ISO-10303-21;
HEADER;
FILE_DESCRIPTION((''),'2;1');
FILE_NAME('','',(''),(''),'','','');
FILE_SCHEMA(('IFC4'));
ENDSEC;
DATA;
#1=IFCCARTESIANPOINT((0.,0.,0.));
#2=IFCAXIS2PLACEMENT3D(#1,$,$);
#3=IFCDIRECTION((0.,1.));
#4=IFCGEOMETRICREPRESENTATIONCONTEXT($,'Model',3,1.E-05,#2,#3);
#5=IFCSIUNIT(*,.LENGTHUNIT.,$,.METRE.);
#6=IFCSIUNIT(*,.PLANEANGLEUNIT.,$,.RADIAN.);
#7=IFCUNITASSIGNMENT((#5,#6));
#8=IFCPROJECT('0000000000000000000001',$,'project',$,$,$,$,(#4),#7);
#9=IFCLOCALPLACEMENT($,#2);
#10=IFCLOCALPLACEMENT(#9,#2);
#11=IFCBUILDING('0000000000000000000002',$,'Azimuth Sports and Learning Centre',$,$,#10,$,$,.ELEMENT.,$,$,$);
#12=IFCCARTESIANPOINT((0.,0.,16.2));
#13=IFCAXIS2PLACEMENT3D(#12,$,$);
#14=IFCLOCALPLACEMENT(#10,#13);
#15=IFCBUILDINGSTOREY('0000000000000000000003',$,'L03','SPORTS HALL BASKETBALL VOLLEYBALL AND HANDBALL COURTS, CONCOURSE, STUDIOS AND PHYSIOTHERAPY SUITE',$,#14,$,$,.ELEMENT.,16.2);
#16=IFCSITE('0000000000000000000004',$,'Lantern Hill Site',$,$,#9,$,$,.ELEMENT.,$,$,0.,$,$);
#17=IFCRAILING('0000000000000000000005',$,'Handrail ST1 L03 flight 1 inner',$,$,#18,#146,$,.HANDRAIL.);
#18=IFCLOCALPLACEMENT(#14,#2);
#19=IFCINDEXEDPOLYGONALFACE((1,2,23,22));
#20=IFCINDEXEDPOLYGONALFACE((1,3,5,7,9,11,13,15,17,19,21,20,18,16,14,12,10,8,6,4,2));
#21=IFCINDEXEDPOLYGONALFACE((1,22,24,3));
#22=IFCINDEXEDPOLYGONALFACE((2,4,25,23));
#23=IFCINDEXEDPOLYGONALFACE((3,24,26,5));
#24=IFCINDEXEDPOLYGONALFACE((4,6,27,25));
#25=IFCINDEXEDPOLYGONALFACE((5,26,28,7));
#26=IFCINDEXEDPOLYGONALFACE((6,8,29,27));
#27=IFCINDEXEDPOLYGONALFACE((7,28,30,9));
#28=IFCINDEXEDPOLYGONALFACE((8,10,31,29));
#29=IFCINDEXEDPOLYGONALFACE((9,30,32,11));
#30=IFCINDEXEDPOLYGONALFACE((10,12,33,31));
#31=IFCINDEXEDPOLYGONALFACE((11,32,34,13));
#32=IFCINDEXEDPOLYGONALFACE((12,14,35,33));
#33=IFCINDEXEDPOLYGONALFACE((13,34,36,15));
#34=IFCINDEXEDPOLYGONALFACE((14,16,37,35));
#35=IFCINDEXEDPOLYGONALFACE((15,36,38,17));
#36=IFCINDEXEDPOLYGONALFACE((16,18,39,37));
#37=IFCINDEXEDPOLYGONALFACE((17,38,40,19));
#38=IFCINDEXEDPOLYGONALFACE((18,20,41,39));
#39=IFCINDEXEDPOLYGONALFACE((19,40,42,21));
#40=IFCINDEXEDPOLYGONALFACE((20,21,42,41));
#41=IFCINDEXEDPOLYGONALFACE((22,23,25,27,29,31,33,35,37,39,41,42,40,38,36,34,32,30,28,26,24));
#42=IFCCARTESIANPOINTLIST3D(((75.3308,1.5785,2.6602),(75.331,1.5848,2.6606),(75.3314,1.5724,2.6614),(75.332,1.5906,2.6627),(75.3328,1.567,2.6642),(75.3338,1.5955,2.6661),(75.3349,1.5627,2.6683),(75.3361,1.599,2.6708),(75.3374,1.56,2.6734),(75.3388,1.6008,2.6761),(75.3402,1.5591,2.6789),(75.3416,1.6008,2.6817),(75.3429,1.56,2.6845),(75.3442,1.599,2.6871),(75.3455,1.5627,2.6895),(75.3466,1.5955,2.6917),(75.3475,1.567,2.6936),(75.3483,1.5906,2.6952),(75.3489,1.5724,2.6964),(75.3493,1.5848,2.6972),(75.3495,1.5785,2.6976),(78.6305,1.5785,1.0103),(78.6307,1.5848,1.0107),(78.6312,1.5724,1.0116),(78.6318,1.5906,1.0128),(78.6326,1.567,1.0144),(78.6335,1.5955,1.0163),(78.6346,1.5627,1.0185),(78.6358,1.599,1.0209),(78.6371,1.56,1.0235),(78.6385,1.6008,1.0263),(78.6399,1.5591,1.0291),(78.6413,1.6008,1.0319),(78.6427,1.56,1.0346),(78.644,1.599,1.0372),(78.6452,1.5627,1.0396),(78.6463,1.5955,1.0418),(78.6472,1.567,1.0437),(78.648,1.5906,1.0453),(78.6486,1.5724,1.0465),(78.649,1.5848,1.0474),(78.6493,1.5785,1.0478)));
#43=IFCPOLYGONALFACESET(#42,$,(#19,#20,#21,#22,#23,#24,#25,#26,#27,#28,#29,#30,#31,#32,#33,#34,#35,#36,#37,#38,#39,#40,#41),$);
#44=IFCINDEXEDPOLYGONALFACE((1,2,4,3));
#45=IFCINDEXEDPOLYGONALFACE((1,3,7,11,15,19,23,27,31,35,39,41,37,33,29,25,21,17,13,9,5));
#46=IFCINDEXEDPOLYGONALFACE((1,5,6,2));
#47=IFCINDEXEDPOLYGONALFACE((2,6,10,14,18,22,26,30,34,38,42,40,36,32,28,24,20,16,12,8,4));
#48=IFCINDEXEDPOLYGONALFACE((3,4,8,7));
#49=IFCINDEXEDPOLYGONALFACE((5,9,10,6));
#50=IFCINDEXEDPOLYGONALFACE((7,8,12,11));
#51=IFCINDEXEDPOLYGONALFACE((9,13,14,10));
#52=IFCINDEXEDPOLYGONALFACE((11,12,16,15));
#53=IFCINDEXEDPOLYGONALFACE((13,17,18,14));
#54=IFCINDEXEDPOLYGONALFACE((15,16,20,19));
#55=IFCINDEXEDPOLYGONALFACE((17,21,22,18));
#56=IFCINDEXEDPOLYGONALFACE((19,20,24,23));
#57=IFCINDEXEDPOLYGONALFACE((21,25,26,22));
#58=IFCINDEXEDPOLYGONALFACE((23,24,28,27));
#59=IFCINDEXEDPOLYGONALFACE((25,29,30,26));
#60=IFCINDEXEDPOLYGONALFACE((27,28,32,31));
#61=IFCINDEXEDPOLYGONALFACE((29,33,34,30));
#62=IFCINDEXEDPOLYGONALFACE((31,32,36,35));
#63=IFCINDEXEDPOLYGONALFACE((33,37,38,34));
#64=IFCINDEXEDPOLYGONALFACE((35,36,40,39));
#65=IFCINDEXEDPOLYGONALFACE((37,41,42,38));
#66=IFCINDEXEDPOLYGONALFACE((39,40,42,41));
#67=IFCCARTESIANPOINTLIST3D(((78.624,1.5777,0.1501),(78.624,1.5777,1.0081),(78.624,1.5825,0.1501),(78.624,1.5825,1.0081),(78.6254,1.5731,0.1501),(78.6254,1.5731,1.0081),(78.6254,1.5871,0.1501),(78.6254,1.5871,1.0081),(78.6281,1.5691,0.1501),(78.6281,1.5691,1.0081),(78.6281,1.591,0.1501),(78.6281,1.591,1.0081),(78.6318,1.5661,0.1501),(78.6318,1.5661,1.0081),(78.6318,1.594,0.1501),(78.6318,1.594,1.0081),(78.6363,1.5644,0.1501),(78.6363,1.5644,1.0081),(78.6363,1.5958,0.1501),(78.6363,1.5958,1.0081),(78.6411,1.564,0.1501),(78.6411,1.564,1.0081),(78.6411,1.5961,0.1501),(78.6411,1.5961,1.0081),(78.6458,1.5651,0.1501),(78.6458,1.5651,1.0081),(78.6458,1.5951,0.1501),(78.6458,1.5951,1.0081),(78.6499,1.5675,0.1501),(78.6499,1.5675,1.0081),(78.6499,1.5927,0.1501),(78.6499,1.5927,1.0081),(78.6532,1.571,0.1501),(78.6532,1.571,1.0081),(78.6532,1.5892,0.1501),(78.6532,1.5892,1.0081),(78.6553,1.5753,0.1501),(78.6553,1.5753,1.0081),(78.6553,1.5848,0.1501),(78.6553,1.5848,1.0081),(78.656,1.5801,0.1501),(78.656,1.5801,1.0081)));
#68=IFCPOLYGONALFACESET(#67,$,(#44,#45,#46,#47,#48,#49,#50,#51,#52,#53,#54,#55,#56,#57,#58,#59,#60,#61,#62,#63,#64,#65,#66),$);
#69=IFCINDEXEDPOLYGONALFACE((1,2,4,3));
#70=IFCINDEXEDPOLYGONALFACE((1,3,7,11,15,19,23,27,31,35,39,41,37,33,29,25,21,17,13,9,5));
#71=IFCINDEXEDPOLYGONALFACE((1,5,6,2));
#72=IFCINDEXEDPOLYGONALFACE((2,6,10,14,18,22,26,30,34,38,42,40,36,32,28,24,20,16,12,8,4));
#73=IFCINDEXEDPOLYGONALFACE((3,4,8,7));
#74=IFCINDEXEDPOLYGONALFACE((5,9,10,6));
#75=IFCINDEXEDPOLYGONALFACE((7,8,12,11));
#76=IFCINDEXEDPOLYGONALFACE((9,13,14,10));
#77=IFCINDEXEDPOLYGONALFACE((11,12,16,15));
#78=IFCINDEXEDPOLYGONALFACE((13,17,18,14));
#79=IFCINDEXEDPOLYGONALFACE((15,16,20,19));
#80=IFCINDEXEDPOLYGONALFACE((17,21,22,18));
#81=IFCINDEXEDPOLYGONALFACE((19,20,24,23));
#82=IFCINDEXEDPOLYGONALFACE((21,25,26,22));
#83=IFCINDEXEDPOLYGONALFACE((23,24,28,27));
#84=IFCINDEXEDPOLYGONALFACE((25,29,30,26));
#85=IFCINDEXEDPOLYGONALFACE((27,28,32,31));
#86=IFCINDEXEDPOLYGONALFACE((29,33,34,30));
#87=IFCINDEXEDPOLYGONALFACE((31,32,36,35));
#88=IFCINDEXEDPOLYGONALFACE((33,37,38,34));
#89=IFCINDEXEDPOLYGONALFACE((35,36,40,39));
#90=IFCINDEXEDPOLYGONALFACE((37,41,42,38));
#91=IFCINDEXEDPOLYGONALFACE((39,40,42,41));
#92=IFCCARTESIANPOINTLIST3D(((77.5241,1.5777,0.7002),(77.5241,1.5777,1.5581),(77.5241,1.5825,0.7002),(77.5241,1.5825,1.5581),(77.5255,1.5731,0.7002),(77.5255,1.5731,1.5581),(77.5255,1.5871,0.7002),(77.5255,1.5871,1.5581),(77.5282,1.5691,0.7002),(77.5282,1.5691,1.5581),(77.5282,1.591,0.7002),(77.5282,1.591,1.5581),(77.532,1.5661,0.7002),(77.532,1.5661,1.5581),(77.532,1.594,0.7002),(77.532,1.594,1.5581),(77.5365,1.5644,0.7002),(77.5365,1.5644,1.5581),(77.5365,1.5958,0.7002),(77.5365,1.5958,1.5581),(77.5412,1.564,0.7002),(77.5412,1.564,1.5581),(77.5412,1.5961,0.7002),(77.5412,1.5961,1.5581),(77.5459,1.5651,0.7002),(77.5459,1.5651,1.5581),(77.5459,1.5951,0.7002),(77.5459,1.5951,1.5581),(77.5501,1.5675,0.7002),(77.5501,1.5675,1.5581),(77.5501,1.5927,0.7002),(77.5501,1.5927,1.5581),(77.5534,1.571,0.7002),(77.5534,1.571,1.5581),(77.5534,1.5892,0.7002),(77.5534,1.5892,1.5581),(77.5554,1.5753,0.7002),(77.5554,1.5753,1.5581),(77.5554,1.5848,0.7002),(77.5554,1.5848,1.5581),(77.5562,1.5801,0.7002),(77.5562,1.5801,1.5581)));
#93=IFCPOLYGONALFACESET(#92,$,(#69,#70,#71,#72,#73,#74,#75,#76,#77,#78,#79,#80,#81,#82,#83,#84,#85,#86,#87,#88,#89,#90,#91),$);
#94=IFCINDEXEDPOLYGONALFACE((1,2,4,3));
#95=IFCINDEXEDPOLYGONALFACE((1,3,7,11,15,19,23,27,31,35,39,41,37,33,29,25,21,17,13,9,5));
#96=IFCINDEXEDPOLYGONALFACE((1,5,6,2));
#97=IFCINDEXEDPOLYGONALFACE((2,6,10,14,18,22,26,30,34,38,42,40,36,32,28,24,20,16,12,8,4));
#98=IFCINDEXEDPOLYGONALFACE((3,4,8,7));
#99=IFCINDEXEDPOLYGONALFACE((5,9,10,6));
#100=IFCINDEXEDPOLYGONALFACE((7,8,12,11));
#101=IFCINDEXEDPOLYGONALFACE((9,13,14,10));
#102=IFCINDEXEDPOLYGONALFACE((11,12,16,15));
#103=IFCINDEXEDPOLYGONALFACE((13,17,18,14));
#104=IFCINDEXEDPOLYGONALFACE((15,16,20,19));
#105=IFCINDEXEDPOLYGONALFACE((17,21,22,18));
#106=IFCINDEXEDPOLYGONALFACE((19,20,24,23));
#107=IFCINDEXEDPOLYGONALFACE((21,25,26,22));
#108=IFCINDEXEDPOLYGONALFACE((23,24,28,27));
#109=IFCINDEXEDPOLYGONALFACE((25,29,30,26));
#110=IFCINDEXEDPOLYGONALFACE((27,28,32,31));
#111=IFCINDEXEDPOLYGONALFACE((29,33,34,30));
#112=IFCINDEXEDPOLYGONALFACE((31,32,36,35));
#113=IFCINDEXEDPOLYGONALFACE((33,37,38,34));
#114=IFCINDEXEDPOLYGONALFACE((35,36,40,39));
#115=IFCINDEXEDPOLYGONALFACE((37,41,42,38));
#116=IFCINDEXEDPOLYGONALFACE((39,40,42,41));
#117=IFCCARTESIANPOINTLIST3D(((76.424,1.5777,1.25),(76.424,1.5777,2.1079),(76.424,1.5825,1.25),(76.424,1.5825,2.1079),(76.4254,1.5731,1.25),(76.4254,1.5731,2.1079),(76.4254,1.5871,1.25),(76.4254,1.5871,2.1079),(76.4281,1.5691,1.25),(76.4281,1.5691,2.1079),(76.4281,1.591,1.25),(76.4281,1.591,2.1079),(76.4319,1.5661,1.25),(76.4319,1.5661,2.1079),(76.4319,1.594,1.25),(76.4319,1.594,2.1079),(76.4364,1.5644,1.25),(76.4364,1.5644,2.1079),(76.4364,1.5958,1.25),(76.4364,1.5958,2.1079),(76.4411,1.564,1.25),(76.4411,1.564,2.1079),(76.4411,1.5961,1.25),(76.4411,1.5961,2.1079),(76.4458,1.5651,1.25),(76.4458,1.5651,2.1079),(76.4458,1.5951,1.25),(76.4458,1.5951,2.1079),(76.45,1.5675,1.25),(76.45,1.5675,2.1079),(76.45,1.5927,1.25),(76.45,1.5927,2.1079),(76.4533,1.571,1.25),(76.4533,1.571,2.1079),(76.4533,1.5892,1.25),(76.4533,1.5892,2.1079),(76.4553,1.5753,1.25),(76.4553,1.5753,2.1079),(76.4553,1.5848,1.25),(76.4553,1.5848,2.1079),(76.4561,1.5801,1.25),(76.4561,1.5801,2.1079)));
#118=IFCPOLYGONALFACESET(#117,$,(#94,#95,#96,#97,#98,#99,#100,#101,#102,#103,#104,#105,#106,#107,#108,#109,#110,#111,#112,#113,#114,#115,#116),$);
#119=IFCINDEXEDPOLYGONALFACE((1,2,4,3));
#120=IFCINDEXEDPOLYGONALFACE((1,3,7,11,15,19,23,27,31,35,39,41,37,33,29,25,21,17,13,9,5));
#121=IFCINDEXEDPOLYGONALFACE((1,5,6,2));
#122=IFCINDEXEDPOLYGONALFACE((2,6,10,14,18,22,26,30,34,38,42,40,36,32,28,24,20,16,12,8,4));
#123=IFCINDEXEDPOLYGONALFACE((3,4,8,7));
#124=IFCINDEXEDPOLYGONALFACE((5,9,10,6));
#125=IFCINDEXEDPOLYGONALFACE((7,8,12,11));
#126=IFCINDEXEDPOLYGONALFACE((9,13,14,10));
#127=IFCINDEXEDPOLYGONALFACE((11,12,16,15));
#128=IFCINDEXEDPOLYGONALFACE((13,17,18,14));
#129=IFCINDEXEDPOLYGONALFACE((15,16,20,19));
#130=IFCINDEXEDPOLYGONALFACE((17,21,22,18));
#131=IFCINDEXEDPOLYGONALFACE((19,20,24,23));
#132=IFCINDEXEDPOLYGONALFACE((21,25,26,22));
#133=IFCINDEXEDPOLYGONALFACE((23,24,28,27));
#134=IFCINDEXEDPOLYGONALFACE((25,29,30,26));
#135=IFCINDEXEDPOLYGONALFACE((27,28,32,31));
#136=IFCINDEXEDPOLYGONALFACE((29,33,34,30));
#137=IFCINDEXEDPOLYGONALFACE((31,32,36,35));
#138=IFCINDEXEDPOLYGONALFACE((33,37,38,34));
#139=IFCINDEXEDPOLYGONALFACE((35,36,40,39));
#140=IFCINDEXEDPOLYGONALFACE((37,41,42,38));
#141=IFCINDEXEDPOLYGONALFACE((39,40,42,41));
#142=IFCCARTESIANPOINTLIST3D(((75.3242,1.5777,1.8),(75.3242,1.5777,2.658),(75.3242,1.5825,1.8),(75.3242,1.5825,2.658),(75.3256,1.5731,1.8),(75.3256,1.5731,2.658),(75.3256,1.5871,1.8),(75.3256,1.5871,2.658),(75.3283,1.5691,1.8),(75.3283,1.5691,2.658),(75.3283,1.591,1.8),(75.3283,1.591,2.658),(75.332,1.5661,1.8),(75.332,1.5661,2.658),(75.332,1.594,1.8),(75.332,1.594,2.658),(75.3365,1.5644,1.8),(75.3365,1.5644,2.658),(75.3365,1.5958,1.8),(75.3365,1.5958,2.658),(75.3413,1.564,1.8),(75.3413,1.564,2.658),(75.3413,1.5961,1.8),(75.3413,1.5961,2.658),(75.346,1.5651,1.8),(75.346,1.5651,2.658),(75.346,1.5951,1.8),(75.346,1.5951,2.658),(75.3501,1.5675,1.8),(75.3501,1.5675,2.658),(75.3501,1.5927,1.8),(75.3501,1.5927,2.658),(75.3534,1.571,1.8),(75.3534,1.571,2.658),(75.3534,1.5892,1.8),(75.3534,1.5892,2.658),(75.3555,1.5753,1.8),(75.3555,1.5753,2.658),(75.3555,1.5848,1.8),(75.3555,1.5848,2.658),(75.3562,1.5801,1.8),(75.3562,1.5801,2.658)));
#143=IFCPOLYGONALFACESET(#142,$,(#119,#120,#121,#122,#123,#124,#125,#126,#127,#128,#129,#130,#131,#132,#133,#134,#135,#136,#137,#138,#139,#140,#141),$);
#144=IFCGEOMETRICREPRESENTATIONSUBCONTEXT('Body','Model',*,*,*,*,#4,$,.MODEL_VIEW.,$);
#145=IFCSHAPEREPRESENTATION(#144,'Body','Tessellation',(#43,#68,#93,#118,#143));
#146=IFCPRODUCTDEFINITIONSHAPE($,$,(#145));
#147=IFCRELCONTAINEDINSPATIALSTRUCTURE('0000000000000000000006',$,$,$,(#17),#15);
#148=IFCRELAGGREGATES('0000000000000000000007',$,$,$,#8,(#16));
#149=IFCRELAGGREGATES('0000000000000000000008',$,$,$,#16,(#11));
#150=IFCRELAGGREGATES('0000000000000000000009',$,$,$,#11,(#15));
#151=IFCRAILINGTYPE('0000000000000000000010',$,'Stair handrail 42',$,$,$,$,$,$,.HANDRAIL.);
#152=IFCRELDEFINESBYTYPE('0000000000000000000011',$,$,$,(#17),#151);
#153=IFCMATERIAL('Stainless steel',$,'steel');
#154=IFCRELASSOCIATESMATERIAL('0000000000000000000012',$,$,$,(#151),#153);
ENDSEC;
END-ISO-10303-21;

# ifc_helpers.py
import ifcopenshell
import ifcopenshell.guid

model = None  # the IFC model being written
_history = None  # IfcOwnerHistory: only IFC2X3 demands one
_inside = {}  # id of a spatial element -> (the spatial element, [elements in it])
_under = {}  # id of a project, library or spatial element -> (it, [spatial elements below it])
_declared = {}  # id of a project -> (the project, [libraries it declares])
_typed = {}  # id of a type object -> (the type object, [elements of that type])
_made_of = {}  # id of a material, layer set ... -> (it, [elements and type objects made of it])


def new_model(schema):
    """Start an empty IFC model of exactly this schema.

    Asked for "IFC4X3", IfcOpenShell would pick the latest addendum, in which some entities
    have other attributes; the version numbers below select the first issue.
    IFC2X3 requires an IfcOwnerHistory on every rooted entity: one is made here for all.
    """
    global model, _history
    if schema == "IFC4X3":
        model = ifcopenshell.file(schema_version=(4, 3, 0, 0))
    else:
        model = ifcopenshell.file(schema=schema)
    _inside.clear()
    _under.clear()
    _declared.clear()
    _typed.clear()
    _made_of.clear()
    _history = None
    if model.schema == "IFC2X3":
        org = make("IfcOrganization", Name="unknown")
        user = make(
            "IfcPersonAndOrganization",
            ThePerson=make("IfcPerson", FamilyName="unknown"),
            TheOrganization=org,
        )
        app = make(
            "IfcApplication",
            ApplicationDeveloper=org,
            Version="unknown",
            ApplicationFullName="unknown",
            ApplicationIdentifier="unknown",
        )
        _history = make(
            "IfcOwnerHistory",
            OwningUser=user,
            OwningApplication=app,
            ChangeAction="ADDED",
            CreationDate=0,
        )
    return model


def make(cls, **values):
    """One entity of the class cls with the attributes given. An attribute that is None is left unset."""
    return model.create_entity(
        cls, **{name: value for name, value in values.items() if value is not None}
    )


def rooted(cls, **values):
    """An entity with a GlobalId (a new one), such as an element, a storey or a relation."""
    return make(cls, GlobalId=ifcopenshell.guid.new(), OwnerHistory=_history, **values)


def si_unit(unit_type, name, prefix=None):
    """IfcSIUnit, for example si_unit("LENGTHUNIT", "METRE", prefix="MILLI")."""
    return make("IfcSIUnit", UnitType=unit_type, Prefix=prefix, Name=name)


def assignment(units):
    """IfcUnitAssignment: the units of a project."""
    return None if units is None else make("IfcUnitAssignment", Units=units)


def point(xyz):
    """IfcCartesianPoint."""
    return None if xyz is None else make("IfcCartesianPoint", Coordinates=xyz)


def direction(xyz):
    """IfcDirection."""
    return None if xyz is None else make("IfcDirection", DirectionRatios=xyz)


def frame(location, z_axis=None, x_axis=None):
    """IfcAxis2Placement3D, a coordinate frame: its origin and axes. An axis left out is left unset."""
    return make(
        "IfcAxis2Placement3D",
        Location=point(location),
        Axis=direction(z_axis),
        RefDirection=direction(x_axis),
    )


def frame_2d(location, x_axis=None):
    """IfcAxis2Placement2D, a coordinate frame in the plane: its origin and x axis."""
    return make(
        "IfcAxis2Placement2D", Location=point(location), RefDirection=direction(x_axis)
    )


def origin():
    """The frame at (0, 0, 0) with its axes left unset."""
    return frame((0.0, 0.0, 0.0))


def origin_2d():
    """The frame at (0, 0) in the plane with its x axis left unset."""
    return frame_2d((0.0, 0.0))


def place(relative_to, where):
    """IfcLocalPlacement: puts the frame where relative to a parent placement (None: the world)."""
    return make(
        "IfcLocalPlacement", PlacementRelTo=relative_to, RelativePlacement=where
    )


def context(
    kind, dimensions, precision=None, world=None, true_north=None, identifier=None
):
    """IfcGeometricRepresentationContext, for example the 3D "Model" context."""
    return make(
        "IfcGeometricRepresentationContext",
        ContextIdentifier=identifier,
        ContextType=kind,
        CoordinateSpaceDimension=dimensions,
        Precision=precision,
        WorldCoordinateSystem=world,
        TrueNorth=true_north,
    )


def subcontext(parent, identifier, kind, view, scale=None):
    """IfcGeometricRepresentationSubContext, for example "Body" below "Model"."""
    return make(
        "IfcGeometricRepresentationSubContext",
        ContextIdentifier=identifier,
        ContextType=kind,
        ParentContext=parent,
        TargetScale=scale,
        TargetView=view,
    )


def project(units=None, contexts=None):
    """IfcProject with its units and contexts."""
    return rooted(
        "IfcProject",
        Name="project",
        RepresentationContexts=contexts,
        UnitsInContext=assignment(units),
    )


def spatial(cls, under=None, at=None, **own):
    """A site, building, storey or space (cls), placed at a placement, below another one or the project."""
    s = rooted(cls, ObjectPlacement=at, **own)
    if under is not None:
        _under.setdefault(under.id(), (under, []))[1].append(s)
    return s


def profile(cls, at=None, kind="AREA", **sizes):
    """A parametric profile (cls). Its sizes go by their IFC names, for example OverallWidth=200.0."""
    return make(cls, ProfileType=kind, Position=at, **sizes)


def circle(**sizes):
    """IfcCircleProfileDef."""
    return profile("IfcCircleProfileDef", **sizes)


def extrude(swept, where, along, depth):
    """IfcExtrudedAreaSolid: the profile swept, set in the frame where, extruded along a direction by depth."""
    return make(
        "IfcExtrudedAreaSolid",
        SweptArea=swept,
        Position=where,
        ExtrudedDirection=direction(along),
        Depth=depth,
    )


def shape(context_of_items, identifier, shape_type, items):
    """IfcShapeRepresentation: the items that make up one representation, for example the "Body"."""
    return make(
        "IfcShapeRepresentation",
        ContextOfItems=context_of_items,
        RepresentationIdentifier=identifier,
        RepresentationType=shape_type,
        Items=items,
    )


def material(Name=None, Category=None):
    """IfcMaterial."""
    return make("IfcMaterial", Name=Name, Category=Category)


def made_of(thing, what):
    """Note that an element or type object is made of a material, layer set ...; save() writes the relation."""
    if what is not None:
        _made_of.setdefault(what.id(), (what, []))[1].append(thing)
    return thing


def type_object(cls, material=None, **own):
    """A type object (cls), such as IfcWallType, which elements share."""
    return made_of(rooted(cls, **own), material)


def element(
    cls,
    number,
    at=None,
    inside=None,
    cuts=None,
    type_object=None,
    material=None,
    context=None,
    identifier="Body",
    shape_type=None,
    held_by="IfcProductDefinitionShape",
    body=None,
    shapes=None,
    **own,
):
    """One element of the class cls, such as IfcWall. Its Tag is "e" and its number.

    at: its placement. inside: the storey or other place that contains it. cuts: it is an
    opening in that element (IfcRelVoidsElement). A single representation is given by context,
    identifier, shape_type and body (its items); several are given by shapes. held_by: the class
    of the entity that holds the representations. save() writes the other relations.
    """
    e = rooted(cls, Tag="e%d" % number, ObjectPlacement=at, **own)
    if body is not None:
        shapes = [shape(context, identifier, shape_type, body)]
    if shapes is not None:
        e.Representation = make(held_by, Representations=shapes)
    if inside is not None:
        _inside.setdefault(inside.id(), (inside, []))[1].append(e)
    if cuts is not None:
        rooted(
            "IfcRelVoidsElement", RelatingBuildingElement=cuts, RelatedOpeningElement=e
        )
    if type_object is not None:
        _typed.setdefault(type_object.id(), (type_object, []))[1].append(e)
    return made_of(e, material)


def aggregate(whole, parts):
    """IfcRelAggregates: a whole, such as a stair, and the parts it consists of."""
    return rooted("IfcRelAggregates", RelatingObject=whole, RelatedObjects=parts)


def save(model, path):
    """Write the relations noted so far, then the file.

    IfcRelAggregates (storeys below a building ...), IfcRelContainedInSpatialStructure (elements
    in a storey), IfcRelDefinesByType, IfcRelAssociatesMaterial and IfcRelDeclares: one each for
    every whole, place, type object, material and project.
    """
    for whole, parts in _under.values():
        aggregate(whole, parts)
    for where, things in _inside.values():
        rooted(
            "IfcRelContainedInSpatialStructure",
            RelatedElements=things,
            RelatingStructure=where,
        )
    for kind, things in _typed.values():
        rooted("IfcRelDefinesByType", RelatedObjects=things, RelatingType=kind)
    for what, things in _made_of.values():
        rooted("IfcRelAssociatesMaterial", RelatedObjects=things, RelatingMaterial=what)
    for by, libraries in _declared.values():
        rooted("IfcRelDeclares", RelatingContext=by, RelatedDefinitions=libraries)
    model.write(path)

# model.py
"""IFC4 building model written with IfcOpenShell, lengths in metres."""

from ifc_helpers import new_model, si_unit, direction, frame, origin, origin_2d, place, context, subcontext, project, spatial, circle, extrude, material, type_object, element, save


model = new_model("IFC4")

# Units and contexts
model_context = context("Model", 3, precision=1e-05, world=origin(), true_north=direction((0.0, 1.0)))
body_context = subcontext(model_context, "Body", "Model", "MODEL_VIEW")
ifc_project = project(units=[si_unit("LENGTHUNIT", "METRE"), si_unit("PLANEANGLEUNIT", "RADIAN")], contexts=[model_context])

# Site, building, storey
site_placement = place(None, origin())
site = spatial("IfcSite", under=ifc_project, at=site_placement, Name="Lantern Hill Site", CompositionType="ELEMENT", RefElevation=0.0)
building_placement = place(site_placement, origin())
building = spatial("IfcBuilding", under=site, at=building_placement, Name="Azimuth Sports and Learning Centre", CompositionType="ELEMENT")
storey_placement = place(building_placement, frame((0.0, 0.0, 16.2)))
storey = spatial("IfcBuildingStorey", under=building, at=storey_placement, Name="L03", Description="SPORTS HALL BASKETBALL VOLLEYBALL AND HANDBALL COURTS, CONCOURSE, STUDIOS AND PHYSIOTHERAPY SUITE", CompositionType="ELEMENT", Elevation=16.2)

# Railing
ifc_material_1 = material(Name="Stainless steel", Category="steel")
railing_type_1 = type_object("IfcRailingType", Name="Stair handrail 42", PredefinedType="HANDRAIL", material=ifc_material_1)
for number, where, name in (
    (1, (78.6399, 1.5801, 0.1501), "Handrail ST1 L03 flight 1 inner"),
):
    element("IfcRailing", number, at=place(storey_placement, frame(where)), inside=storey, type_object=railing_type_1, Name=name, PredefinedType="HANDRAIL", context=body_context, shape_type="SweptSolid", body=[
        extrude(circle(Radius=0.021, at=origin_2d()), frame((0.0, 0.0, 0.8789), z_axis=(-0.894427, 0.0, 0.447214), x_axis=(0.0, -1.0, 0.0)), (0.0, 0.0, 1.0), 3.6892),
        extrude(circle(Radius=0.0161, at=origin_2d()), origin(), (0.0, 0.0, 1.0), 0.8579),
        extrude(circle(Radius=0.0161, at=origin_2d()), frame((-1.0999, 0.0, 0.55)), (0.0, 0.0, 1.0), 0.8579),
        extrude(circle(Radius=0.0161, at=origin_2d()), frame((-2.2, 0.0, 1.0999)), (0.0, 0.0, 1.0), 0.8579),
        extrude(circle(Radius=0.0161, at=origin_2d()), frame((-3.2998, 0.0, 1.6499)), (0.0, 0.0, 1.0), 0.8579),
    ])

save(model, "model.ifc")
